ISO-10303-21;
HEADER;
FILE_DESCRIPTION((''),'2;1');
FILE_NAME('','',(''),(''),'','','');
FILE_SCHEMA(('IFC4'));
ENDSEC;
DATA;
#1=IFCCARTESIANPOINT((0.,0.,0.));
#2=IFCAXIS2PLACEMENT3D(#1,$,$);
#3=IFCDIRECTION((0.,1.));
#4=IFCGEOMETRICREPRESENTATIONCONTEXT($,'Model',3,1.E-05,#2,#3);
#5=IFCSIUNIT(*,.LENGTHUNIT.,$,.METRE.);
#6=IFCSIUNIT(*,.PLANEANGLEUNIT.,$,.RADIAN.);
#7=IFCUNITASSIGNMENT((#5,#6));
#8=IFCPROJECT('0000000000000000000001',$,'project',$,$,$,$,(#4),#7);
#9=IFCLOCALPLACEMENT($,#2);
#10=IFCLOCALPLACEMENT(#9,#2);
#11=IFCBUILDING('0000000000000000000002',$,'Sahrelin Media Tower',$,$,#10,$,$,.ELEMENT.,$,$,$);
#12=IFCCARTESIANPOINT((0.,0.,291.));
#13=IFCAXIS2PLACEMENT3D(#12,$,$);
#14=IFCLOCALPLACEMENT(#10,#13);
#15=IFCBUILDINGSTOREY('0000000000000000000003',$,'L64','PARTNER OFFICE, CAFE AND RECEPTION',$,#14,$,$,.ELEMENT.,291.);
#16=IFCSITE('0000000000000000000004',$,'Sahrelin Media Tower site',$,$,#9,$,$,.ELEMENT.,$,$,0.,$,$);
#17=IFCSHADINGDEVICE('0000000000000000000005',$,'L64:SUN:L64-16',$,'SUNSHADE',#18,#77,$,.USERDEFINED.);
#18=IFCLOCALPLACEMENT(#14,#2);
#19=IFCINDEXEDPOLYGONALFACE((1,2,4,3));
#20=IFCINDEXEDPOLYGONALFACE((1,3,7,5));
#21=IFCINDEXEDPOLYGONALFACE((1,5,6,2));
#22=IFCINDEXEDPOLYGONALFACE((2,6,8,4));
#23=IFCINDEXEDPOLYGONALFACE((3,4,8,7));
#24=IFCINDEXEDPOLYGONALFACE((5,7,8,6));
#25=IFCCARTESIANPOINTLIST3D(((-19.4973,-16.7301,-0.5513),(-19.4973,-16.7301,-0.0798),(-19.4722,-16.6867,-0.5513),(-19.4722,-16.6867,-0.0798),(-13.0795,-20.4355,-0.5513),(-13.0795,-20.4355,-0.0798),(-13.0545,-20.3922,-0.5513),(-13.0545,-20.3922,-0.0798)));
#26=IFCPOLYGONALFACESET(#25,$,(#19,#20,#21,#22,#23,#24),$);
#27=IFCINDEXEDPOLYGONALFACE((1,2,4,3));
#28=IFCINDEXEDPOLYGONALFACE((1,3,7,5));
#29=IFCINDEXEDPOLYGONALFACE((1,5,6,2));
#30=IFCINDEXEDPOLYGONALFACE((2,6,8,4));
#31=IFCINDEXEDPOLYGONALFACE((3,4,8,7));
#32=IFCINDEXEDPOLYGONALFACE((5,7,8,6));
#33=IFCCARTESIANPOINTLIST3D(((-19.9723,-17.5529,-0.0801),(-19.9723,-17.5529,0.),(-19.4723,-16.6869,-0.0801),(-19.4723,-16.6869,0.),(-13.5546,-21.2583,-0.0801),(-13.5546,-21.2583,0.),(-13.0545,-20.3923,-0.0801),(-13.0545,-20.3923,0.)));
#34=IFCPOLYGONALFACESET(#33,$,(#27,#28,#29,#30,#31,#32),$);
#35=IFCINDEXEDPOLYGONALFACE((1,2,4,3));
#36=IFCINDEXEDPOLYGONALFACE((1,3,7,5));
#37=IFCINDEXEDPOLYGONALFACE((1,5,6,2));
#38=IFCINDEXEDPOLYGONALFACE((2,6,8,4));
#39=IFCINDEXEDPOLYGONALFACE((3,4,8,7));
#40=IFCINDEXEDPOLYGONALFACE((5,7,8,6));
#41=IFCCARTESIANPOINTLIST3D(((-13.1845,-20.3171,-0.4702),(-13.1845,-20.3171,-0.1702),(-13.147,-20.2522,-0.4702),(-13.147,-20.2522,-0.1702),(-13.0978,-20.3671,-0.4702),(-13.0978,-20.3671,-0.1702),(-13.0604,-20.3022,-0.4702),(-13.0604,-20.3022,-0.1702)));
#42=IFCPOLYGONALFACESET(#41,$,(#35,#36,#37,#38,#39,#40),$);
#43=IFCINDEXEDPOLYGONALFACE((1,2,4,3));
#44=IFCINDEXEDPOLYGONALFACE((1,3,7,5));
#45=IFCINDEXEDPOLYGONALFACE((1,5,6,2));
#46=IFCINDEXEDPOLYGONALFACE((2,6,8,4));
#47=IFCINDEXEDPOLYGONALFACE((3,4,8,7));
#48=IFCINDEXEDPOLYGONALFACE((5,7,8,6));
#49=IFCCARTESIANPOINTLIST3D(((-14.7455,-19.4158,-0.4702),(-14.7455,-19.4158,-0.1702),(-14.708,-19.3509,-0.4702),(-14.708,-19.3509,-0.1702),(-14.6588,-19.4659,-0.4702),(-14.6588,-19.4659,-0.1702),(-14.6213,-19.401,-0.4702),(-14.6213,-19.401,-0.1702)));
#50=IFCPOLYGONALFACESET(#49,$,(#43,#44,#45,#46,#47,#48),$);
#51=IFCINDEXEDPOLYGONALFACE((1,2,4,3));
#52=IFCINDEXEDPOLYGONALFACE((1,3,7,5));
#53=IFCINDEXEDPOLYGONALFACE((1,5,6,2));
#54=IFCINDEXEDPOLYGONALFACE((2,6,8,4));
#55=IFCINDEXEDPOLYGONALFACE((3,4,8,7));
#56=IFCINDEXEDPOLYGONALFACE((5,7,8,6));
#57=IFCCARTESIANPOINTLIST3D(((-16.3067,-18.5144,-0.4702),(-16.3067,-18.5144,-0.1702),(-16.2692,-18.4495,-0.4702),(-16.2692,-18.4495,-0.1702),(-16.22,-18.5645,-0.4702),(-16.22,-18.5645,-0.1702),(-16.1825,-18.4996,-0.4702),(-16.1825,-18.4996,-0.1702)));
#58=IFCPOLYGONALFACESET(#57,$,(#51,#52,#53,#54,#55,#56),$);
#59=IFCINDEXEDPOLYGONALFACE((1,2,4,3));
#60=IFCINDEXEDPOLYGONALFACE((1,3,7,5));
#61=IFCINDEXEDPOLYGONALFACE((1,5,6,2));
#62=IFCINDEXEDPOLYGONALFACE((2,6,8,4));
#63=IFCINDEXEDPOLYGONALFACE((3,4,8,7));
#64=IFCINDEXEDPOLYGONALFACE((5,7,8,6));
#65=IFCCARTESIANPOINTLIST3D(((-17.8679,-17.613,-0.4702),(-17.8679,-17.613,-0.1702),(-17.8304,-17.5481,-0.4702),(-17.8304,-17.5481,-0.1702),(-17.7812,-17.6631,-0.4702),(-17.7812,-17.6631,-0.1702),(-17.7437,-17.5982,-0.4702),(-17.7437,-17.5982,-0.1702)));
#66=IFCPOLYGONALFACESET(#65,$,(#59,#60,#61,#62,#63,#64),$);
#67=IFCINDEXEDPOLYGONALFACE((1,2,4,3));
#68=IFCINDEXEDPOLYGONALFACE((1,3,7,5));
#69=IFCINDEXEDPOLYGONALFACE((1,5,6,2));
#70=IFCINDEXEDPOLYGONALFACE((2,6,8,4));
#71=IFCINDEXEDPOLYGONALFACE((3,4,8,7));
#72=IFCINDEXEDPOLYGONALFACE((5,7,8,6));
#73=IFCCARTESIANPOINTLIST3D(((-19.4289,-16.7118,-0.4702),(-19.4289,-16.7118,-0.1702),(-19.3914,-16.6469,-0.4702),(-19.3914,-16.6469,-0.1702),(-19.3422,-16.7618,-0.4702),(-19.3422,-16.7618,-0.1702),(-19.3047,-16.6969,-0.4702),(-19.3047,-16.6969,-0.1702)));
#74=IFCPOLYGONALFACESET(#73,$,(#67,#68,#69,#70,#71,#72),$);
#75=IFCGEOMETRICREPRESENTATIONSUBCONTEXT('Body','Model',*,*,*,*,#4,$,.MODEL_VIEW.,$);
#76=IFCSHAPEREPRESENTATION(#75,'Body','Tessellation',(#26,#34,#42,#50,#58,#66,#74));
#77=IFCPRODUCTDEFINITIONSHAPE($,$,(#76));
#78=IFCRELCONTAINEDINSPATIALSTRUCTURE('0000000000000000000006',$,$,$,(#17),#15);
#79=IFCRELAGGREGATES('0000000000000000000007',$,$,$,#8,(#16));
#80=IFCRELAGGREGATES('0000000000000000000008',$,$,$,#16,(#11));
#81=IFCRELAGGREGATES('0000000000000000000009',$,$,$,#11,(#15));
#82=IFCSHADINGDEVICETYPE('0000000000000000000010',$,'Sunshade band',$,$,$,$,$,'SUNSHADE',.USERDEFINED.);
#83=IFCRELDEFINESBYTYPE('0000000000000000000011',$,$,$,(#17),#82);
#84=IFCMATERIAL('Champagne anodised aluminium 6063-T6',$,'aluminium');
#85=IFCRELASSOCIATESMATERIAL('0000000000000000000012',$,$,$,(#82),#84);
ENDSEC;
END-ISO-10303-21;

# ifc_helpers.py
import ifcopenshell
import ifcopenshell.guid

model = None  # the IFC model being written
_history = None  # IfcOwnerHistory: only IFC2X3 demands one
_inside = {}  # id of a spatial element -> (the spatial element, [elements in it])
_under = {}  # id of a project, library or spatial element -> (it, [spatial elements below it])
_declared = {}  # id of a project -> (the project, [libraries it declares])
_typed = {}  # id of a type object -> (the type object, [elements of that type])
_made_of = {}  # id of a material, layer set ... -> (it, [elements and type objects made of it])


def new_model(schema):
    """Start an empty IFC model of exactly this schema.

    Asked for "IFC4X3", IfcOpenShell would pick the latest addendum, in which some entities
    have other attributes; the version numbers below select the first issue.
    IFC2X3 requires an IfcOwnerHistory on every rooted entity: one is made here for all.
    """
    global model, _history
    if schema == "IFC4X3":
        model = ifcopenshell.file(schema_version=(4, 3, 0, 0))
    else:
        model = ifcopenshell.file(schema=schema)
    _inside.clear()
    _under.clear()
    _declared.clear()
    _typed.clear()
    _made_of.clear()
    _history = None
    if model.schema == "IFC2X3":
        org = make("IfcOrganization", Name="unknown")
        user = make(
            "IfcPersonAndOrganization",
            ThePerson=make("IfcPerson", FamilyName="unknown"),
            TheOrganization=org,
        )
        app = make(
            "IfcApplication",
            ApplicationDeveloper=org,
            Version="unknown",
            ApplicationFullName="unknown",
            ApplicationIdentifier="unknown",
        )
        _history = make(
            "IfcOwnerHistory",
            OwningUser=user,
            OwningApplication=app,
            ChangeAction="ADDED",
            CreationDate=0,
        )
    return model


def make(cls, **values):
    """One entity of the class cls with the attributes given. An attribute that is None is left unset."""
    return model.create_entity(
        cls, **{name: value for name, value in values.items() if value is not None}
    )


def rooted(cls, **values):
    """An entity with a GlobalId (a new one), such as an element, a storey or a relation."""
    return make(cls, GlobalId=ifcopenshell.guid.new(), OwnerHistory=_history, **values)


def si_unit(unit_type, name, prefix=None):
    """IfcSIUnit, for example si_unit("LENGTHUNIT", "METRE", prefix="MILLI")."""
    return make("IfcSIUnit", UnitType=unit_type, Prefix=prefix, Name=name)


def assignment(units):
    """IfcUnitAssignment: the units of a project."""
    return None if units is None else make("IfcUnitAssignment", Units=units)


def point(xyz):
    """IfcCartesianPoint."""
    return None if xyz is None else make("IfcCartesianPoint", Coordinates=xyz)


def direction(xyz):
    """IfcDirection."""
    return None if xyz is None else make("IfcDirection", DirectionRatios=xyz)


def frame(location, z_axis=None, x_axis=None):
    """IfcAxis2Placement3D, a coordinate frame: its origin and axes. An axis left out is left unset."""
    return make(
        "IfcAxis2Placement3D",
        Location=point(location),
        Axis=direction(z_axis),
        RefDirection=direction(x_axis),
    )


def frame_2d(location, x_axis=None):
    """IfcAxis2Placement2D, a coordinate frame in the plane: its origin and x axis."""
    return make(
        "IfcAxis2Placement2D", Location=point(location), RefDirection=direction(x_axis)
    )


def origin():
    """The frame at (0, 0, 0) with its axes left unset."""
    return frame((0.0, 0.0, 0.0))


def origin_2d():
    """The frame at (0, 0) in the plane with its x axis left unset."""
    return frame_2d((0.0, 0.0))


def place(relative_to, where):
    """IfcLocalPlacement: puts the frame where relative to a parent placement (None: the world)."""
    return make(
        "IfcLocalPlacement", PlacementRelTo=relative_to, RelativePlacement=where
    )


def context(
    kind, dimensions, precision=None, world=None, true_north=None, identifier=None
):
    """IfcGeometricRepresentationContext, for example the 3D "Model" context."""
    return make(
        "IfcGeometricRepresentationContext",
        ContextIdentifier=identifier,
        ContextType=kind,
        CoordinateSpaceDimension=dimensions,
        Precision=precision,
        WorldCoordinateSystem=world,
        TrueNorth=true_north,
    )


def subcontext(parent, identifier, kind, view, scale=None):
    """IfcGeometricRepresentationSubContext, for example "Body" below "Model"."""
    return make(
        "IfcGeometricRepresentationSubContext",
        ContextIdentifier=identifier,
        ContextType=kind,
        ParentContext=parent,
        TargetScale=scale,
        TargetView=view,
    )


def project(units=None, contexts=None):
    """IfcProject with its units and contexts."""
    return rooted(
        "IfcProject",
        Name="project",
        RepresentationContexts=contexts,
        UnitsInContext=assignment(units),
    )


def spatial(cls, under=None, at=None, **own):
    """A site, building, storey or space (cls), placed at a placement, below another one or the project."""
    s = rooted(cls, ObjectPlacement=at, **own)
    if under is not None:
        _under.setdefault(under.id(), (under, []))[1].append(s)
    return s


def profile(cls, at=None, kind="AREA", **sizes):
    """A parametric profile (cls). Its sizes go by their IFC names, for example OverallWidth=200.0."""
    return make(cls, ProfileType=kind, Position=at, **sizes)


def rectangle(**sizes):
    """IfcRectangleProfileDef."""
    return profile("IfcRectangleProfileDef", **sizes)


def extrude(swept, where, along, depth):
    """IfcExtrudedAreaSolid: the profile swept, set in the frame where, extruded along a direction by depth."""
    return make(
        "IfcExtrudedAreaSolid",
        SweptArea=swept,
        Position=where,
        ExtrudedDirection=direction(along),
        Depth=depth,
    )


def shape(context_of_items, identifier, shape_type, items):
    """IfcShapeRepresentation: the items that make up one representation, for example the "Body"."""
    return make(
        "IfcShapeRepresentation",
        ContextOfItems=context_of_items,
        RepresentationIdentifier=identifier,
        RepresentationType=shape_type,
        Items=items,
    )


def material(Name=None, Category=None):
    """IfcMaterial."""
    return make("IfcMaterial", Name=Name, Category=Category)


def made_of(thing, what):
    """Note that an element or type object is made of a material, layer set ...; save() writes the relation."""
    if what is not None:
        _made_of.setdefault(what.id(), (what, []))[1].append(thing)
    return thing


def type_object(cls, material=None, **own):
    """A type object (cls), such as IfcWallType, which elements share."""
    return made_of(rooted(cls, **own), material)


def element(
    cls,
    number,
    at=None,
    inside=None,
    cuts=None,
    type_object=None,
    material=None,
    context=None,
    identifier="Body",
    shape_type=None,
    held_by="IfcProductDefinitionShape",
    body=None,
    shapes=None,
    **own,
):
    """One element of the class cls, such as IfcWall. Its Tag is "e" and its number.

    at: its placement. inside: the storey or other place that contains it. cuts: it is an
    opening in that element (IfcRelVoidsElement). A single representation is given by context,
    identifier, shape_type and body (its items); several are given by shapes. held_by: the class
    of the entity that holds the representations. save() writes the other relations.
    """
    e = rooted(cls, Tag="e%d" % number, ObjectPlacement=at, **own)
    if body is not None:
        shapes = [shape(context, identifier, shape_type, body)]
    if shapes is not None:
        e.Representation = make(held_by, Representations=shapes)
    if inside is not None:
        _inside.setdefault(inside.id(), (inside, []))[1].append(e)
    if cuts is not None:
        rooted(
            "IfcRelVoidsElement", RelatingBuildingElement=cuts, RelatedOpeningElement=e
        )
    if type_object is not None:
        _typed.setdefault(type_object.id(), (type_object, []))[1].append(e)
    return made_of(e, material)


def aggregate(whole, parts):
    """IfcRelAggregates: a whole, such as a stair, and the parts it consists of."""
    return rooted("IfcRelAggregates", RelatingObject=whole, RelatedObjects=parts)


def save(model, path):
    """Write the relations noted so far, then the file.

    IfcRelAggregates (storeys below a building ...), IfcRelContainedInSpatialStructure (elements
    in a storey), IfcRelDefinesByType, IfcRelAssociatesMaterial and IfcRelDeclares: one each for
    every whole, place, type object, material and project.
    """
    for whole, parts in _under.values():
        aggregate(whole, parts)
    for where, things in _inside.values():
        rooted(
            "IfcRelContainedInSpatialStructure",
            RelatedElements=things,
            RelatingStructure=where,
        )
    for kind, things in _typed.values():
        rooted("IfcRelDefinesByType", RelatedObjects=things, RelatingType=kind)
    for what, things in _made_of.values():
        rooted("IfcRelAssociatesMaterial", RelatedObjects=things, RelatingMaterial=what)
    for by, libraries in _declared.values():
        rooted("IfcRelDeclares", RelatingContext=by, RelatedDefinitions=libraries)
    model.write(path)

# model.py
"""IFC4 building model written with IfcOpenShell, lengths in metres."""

from ifc_helpers import new_model, si_unit, direction, frame, origin, origin_2d, place, context, subcontext, project, spatial, rectangle, extrude, material, type_object, element, save


model = new_model("IFC4")

# Units and contexts
model_context = context("Model", 3, precision=1e-05, world=origin(), true_north=direction((0.0, 1.0)))
body_context = subcontext(model_context, "Body", "Model", "MODEL_VIEW")
ifc_project = project(units=[si_unit("LENGTHUNIT", "METRE"), si_unit("PLANEANGLEUNIT", "RADIAN")], contexts=[model_context])

# Site, building, storey
site_placement = place(None, origin())
site = spatial("IfcSite", under=ifc_project, at=site_placement, Name="Sahrelin Media Tower site", CompositionType="ELEMENT", RefElevation=0.0)
building_placement = place(site_placement, origin())
building = spatial("IfcBuilding", under=site, at=building_placement, Name="Sahrelin Media Tower", CompositionType="ELEMENT")
storey_placement = place(building_placement, frame((0.0, 0.0, 291.0)))
storey = spatial("IfcBuildingStorey", under=building, at=storey_placement, Name="L64", Description="PARTNER OFFICE, CAFE AND RECEPTION", CompositionType="ELEMENT", Elevation=291.0)

# Shared definitions
ifc_material_1 = material(Name="Champagne anodised aluminium 6063-T6", Category="aluminium")

# Shading device
placement_1 = place(storey_placement, frame((-16.2534, -18.5222, 0.0), z_axis=(0.0, 0.0, 1.0), x_axis=(-0.866019, 0.500011, 0.0)))
shading_device_type_1 = type_object("IfcShadingDeviceType", Name="Sunshade band", ElementType="SUNSHADE", PredefinedType="USERDEFINED", material=ifc_material_1)
element("IfcShadingDevice", 1, at=placement_1, inside=storey, type_object=shading_device_type_1, Name="L64:SUN:L64-16", ObjectType="SUNSHADE", PredefinedType="USERDEFINED", context=body_context, shape_type="SweptSolid", body=[
    extrude(rectangle(XDim=7.4106, YDim=0.05, at=origin_2d()), frame((0.0, 0.0449, -0.5513)), (0.0, 0.0, 1.0), 0.4714),
    extrude(rectangle(XDim=7.4106, YDim=1.0, at=origin_2d()), frame((0.0, 0.52, -0.0801)), (0.0, 0.0, 1.0), 0.0801),
    extrude(rectangle(XDim=0.1001, YDim=0.075, at=origin_2d()), frame((-3.6052, -0.0176, -0.4702)), (0.0, 0.0, 1.0), 0.3),
    extrude(rectangle(XDim=0.1001, YDim=0.075, at=origin_2d()), frame((-1.8027, -0.0176, -0.4702)), (0.0, 0.0, 1.0), 0.3),
    extrude(rectangle(XDim=0.1001, YDim=0.075, at=origin_2d()), frame((0.0, -0.0176, -0.4702)), (0.0, 0.0, 1.0), 0.3),
    extrude(rectangle(XDim=0.1001, YDim=0.075, at=origin_2d()), frame((1.8027, -0.0176, -0.4702)), (0.0, 0.0, 1.0), 0.3),
    extrude(rectangle(XDim=0.1001, YDim=0.075, at=origin_2d()), frame((3.6052, -0.0176, -0.4702)), (0.0, 0.0, 1.0), 0.3),
])

save(model, "model.ifc")
